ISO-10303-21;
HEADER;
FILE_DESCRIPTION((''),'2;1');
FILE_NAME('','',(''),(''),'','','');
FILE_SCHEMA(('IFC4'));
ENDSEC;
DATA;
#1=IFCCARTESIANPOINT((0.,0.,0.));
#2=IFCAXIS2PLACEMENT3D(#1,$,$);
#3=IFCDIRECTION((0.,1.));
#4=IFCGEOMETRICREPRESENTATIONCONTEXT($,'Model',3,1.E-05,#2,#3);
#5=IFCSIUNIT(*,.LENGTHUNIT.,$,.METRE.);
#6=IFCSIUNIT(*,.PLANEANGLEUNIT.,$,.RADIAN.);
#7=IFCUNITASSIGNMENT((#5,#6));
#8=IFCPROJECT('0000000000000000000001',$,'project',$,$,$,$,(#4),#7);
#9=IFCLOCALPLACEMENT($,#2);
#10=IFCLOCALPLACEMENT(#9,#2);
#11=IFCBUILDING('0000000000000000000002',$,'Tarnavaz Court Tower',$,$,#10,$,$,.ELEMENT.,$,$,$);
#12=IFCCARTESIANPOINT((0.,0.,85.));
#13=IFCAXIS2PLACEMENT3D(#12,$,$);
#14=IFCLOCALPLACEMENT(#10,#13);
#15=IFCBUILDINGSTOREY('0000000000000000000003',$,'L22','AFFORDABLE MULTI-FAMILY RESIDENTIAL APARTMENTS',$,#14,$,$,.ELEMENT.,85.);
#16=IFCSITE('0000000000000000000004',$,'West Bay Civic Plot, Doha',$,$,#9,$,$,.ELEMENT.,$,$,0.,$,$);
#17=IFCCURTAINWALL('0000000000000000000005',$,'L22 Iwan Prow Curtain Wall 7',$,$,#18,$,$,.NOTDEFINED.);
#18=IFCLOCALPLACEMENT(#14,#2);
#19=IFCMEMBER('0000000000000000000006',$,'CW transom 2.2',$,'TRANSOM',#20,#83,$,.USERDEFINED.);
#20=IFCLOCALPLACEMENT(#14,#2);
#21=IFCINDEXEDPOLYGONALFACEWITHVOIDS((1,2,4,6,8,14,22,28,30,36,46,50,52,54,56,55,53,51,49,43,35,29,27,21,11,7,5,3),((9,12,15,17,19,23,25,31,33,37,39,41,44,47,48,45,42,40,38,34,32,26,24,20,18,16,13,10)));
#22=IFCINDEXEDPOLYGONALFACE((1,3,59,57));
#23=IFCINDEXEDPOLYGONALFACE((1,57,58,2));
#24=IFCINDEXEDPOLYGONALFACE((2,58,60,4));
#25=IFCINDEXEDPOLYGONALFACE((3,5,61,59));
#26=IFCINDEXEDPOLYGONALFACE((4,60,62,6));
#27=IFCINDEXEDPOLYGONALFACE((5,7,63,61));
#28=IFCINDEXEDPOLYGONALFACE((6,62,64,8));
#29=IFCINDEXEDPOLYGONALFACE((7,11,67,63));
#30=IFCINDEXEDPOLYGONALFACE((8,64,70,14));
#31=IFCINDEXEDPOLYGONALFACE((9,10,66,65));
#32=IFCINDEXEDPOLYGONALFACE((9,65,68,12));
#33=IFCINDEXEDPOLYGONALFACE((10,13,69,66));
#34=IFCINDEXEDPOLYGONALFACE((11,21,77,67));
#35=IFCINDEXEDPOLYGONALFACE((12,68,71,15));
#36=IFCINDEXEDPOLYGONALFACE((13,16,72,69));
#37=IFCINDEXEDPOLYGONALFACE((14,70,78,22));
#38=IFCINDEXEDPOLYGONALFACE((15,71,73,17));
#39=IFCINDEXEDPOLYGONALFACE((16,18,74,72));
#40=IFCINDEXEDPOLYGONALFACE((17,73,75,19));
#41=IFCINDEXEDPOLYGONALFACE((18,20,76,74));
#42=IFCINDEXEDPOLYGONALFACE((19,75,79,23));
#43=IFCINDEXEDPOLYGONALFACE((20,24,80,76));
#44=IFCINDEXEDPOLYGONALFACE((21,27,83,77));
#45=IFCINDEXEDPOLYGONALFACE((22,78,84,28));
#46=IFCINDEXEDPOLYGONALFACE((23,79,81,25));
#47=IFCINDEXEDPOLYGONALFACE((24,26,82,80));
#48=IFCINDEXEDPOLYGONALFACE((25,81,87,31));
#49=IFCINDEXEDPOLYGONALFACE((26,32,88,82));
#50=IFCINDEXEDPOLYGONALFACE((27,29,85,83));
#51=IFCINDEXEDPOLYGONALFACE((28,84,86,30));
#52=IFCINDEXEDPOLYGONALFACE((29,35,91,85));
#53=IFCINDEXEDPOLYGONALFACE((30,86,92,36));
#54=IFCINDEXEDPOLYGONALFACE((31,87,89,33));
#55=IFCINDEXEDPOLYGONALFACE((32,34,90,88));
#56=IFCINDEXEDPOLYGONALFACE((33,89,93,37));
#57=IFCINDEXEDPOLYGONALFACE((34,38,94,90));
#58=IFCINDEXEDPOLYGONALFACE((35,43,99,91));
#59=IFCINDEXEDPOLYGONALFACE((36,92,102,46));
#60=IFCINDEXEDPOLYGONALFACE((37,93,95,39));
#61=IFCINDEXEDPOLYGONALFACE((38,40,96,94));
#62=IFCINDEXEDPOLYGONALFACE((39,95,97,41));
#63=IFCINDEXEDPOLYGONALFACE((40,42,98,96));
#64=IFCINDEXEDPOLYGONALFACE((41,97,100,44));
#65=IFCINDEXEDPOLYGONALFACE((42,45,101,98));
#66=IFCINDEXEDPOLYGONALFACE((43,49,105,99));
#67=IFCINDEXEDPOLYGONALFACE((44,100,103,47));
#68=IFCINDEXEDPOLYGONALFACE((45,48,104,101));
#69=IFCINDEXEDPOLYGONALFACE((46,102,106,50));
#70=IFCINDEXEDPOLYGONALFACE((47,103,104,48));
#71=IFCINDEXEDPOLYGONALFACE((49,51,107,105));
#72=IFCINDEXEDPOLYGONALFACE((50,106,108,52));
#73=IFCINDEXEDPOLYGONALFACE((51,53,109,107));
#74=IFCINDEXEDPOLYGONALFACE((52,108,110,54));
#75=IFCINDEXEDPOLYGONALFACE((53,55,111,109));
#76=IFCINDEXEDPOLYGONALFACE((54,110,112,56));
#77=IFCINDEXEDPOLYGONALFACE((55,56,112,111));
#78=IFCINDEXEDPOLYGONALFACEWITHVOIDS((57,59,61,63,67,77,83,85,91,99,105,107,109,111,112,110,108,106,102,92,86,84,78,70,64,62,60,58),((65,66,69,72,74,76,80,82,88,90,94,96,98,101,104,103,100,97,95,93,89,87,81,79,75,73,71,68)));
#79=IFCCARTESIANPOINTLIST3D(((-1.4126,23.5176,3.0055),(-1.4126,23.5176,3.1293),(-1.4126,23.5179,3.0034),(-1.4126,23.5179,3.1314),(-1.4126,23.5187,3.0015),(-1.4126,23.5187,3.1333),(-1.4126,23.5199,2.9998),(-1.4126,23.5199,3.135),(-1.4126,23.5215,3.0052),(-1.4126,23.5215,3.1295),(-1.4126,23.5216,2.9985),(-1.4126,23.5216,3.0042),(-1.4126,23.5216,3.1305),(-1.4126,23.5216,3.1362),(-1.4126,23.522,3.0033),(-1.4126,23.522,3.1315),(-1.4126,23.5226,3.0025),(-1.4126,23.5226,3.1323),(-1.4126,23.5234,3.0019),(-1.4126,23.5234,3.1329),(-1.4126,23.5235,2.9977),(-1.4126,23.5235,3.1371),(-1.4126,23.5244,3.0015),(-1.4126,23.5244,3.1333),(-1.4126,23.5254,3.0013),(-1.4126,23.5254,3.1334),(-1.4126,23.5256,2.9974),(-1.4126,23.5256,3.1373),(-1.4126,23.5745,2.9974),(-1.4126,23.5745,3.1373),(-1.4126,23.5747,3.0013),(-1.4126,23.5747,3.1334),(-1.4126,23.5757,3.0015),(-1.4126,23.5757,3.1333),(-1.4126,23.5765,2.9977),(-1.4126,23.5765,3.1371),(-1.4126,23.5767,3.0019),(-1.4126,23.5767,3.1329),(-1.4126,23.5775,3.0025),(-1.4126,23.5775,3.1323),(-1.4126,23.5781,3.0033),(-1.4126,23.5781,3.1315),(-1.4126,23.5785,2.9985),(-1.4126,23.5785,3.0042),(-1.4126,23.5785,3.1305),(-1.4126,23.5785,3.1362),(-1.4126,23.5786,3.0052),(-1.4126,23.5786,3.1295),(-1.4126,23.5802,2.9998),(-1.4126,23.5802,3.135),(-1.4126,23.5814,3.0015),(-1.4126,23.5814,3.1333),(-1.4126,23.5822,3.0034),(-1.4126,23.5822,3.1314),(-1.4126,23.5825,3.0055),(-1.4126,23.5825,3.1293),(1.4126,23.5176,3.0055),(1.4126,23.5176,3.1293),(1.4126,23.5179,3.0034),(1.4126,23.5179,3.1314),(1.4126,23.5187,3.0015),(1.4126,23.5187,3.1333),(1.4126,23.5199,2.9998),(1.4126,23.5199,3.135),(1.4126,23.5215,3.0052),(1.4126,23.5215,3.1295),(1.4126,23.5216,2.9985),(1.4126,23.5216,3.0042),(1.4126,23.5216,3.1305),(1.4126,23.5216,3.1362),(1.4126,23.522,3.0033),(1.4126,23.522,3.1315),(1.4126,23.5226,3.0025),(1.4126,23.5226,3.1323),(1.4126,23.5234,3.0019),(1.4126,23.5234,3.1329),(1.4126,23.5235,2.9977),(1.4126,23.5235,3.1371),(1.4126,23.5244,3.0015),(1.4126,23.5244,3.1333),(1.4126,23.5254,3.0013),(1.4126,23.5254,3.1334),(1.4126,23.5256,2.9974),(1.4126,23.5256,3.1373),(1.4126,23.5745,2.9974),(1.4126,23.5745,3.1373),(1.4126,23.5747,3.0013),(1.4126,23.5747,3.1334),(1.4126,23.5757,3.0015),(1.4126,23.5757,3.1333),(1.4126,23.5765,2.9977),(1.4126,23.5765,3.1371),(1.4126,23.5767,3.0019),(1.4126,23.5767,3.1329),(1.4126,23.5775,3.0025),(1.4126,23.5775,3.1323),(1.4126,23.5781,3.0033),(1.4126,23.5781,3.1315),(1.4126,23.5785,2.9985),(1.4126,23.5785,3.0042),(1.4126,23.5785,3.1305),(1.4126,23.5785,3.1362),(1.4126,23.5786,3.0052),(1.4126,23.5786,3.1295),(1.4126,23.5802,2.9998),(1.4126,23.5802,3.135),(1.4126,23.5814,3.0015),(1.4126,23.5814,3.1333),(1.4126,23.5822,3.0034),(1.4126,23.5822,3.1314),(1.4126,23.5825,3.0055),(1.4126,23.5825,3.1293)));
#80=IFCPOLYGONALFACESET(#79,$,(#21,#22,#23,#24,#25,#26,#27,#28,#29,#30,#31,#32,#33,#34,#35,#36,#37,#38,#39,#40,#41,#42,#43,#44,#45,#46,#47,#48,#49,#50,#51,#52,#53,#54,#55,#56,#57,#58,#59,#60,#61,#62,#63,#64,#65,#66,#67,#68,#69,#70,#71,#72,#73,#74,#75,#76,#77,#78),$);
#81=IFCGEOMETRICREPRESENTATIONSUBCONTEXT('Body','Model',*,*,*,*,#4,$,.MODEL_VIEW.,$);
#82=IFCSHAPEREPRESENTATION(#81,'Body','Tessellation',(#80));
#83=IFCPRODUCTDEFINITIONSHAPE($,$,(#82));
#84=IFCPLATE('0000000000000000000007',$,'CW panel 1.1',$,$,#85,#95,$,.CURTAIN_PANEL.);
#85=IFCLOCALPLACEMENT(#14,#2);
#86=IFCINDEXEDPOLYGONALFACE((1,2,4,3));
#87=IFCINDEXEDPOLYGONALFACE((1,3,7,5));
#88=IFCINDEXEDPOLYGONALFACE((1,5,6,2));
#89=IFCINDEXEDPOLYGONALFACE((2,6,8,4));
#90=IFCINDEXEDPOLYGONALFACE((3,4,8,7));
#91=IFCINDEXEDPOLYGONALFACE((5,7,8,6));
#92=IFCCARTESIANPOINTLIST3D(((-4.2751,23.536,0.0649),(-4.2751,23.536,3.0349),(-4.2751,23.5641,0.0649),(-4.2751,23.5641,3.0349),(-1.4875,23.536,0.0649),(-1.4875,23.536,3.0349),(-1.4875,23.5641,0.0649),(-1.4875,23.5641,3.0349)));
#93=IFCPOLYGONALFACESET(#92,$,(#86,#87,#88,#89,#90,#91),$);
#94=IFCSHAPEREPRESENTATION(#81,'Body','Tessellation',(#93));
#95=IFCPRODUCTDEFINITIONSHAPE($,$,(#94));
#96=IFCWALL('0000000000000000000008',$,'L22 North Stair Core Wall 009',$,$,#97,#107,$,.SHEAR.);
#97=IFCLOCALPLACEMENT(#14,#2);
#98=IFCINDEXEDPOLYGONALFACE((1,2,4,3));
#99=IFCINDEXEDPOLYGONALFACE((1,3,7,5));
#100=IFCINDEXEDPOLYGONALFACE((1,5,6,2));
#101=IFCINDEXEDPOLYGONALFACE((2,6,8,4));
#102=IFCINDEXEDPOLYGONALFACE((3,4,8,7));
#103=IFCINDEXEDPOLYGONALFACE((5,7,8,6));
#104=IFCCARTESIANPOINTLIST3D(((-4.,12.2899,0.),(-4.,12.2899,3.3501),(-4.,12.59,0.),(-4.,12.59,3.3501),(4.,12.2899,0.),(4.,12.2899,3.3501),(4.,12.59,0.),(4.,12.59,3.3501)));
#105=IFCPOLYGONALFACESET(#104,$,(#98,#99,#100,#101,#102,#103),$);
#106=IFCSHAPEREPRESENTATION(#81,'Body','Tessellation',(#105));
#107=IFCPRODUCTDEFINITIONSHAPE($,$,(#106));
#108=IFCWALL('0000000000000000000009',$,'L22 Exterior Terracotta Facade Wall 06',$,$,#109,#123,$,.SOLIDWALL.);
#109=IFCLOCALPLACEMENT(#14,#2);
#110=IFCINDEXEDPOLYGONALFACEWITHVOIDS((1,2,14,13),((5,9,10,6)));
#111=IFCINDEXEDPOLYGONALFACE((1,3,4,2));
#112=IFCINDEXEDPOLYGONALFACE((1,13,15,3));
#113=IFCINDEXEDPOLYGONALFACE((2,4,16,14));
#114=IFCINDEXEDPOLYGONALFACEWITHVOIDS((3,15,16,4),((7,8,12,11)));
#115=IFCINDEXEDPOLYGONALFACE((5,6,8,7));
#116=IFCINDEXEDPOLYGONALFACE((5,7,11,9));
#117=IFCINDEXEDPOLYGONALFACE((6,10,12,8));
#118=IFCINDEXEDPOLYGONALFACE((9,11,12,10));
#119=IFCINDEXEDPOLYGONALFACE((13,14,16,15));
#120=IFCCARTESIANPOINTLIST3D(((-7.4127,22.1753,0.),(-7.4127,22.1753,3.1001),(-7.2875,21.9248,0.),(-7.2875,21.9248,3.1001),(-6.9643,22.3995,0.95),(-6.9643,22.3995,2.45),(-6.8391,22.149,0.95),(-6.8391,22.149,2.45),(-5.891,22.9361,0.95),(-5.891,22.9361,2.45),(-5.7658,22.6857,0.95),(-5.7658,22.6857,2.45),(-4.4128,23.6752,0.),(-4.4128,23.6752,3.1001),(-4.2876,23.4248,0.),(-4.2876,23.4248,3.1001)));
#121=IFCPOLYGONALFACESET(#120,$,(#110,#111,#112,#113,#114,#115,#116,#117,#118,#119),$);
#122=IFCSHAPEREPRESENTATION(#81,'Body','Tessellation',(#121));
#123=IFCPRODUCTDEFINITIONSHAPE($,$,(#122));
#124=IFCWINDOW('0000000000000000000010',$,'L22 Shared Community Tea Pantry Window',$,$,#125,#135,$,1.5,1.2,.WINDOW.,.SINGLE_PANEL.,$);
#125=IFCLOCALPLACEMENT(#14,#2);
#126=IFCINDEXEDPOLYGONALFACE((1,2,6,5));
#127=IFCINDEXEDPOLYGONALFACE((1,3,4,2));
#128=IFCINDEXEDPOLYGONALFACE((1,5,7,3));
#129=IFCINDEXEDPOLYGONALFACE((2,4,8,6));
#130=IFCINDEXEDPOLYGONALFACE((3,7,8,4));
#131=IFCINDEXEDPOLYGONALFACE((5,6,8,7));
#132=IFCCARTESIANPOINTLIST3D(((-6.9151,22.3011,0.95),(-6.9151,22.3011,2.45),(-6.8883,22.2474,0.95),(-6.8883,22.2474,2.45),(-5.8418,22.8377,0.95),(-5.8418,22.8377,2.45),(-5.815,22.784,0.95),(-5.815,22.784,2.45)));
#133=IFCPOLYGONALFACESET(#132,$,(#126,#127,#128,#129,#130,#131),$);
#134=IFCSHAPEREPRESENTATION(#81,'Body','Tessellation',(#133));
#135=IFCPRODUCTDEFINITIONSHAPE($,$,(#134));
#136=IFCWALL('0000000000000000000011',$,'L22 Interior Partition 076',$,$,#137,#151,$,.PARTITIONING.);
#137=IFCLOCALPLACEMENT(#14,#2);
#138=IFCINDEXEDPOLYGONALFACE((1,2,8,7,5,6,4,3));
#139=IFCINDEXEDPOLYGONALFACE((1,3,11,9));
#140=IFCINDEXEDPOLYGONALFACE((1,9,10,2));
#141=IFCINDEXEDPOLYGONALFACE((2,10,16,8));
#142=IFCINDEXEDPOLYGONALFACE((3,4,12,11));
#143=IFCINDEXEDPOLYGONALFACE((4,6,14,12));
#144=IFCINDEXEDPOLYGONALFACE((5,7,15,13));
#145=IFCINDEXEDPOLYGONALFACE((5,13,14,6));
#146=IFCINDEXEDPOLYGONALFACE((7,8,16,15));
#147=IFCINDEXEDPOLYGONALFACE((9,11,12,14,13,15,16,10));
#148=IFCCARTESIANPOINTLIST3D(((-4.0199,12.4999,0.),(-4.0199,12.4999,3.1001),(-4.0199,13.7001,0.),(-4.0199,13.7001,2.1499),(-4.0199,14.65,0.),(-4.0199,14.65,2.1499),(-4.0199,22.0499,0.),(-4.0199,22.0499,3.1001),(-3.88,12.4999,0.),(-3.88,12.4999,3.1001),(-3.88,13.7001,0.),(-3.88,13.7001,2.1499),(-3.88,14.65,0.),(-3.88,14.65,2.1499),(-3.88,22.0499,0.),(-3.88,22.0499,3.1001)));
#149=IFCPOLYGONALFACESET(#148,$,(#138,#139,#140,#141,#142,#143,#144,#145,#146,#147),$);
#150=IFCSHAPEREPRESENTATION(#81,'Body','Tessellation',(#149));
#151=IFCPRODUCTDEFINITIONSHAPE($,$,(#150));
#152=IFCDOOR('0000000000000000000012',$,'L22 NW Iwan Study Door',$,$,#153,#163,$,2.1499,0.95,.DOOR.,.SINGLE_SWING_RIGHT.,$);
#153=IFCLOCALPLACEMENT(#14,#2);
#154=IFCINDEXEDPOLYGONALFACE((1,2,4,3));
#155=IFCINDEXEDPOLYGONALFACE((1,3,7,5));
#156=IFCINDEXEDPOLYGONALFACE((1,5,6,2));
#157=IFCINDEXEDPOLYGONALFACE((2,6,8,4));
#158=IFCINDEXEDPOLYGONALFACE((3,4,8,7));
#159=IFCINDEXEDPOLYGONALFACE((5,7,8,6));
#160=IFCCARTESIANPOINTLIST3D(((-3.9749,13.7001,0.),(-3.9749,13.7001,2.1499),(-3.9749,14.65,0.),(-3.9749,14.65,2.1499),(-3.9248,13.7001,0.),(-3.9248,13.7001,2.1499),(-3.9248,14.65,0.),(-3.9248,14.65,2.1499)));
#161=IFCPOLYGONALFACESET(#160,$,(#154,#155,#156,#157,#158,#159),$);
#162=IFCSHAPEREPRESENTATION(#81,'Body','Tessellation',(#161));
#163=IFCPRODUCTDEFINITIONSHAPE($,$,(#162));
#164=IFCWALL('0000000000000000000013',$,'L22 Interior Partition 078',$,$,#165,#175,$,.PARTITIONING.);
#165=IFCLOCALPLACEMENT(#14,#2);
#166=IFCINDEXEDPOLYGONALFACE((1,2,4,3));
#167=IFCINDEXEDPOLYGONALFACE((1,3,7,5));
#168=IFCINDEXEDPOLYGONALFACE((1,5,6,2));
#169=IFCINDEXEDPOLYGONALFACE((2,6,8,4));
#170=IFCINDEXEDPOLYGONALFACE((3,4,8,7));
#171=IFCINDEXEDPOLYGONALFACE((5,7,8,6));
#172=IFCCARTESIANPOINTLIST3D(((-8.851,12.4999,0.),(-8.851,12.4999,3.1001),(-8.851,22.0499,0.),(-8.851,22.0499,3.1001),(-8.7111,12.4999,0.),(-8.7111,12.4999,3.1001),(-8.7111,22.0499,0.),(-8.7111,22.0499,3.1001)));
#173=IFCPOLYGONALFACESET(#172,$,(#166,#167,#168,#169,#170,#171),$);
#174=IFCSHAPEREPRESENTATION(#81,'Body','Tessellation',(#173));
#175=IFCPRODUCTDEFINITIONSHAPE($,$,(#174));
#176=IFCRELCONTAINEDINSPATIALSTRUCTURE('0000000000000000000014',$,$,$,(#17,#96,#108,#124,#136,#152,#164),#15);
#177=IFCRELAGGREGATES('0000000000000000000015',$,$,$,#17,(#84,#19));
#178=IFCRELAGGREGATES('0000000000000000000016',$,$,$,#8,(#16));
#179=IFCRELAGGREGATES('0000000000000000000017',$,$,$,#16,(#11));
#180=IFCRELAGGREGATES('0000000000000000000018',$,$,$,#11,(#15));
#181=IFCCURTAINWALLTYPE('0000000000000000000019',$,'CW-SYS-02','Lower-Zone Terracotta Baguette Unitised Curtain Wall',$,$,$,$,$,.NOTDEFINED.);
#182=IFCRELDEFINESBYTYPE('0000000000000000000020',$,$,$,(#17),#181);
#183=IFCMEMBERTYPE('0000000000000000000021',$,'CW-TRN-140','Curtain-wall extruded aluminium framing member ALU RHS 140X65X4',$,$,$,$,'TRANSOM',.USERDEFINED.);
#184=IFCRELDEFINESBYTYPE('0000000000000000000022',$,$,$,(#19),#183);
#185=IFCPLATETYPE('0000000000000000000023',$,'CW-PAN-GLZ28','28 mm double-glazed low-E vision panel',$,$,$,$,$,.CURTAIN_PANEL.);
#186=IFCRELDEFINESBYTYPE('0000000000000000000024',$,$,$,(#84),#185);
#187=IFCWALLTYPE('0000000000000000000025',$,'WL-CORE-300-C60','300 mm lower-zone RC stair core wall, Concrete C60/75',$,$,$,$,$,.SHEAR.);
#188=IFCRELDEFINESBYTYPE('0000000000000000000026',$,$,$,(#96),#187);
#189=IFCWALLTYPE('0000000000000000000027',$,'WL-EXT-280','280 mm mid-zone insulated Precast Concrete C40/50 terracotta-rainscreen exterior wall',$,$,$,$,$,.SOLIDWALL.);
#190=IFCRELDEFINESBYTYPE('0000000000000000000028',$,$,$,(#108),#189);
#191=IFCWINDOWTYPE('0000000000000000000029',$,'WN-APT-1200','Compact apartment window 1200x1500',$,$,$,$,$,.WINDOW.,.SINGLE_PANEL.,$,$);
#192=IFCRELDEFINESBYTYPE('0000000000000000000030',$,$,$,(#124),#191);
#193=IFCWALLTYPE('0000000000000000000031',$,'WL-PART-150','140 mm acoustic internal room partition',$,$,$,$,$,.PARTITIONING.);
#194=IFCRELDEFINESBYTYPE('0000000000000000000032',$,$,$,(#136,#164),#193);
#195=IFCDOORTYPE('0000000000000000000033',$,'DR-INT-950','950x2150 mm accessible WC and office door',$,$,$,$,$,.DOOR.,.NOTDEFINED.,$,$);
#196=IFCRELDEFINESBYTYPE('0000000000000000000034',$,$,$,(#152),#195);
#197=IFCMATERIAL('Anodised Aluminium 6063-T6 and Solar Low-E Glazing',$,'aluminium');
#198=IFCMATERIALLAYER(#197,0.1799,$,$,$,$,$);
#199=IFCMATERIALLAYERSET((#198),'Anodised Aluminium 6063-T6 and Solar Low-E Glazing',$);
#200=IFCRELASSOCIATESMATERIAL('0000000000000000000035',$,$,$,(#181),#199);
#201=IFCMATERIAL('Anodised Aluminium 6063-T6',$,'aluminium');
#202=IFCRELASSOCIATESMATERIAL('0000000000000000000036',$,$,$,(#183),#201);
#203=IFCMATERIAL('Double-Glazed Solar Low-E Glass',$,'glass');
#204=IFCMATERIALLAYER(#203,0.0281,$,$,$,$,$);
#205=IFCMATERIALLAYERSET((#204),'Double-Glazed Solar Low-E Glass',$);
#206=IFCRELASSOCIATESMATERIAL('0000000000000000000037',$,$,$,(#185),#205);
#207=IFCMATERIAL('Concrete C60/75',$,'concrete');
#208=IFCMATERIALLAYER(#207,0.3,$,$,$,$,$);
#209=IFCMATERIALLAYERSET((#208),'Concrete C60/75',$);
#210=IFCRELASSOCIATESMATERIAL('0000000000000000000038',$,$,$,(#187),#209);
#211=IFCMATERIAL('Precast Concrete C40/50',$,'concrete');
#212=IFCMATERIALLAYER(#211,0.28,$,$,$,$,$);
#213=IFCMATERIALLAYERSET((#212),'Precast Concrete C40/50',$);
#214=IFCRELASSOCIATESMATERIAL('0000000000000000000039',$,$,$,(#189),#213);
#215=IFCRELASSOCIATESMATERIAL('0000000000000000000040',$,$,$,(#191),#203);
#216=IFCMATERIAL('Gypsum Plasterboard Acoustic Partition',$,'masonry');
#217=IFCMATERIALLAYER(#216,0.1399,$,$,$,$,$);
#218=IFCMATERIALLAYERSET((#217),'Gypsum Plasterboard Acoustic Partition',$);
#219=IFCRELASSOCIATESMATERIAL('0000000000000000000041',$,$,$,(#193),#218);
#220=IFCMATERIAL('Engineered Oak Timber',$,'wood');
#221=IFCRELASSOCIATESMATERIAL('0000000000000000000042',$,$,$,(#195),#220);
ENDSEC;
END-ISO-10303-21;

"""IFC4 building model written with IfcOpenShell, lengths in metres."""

from ifc_helpers import new_model, si_unit, direction, frame, frame_2d, origin, origin_2d, place, context, subcontext, project, spatial, rectangle, hollow_rectangle, extrude, material, layer, layer_set, material_profile, profile_set, type_object, element, fill, aggregate, save


model = new_model("IFC4")

# Units and contexts
model_context = context("Model", 3, precision=1e-05, world=origin(), true_north=direction((0.0, 1.0)))
body_context = subcontext(model_context, "Body", "Model", "MODEL_VIEW")
ifc_project = project(units=[si_unit("LENGTHUNIT", "METRE"), si_unit("PLANEANGLEUNIT", "RADIAN")], contexts=[model_context])

# Site, building, storey
site_placement = place(None, origin())
site = spatial("IfcSite", under=ifc_project, at=site_placement, Name="West Bay Civic Plot, Doha", CompositionType="ELEMENT", RefElevation=0.0)
building_placement = place(site_placement, origin())
building = spatial("IfcBuilding", under=site, at=building_placement, Name="Tarnavaz Court Tower", CompositionType="ELEMENT")
storey_placement = place(building_placement, frame((0.0, 0.0, 85.0)))
storey = spatial("IfcBuildingStorey", under=building, at=storey_placement, Name="L22", Description="AFFORDABLE MULTI-FAMILY RESIDENTIAL APARTMENTS", CompositionType="ELEMENT", Elevation=85.0)

# Shared definitions
ifc_material_1 = material(Name="Concrete C60/75", Category="concrete")

# Curtain wall, member, plate
ifc_material_2 = material(Name="Anodised Aluminium 6063-T6 and Solar Low-E Glazing", Category="aluminium")
ifc_layer_1 = layer(ifc_material_2, 0.1799)
ifc_layer_set_1 = layer_set([ifc_layer_1], Name="Anodised Aluminium 6063-T6 and Solar Low-E Glazing")
curtain_wall_type = type_object("IfcCurtainWallType", Name="CW-SYS-02", Description="Lower-Zone Terracotta Baguette Unitised Curtain Wall", PredefinedType="NOTDEFINED", material=ifc_layer_set_1)
curtain_wall_placement = place(storey_placement, origin())
curtain_wall = element("IfcCurtainWall", 1, at=curtain_wall_placement, inside=storey, type_object=curtain_wall_type, Name="L22 Iwan Prow Curtain Wall 7", PredefinedType="NOTDEFINED")
ifc_material_3 = material(Name="Anodised Aluminium 6063-T6", Category="aluminium")
ifc_material_profile_1 = material_profile(ifc_material_3, hollow_rectangle(XDim=0.0649, YDim=0.1399, WallThickness=0.0039, InnerFilletRadius=0.0039, OuterFilletRadius=0.0081, at=origin_2d()), Name="ALU RHS 140X65X4")
ifc_profile_set_1 = profile_set([ifc_material_profile_1], Name="Anodised Aluminium 6063-T6")
member_type_1 = type_object("IfcMemberType", Name="CW-TRN-140", Description="Curtain-wall extruded aluminium framing member ALU RHS 140X65X4", ElementType="TRANSOM", PredefinedType="USERDEFINED", material=ifc_profile_set_1)
member_1_placement = place(storey_placement, frame((-1.4126, 23.55, 3.0674), z_axis=(1.0, 0.0, 0.0), x_axis=(0.0, 1.0, 0.0)))
member_1 = element("IfcMember", 2, at=member_1_placement, type_object=member_type_1, Name="CW transom 2.2", ObjectType="TRANSOM", PredefinedType="USERDEFINED", context=body_context, shape_type="SweptSolid", body=[
    extrude(hollow_rectangle(XDim=0.0649, YDim=0.1399, WallThickness=0.0039, InnerFilletRadius=0.0039, OuterFilletRadius=0.0081, at=origin_2d()), origin(), (0.0, 0.0, 1.0), 2.8252),
])
ifc_material_4 = material(Name="Double-Glazed Solar Low-E Glass", Category="glass")
ifc_layer_2 = layer(ifc_material_4, 0.0281)
ifc_layer_set_2 = layer_set([ifc_layer_2], Name="Double-Glazed Solar Low-E Glass")
plate_type = type_object("IfcPlateType", Name="CW-PAN-GLZ28", Description="28 mm double-glazed low-E vision panel", PredefinedType="CURTAIN_PANEL", material=ifc_layer_set_2)
plate_placement = place(storey_placement, frame((-2.8813, 23.55, 0.0649), z_axis=(0.0, 0.0, 1.0), x_axis=(1.0, 0.0, 0.0)))
plate = element("IfcPlate", 3, at=plate_placement, type_object=plate_type, Name="CW panel 1.1", PredefinedType="CURTAIN_PANEL", context=body_context, shape_type="SweptSolid", body=[
    extrude(rectangle(XDim=2.7876, YDim=0.0281, at=origin_2d()), origin(), (0.0, 0.0, 1.0), 2.97),
])
aggregate(curtain_wall, [plate, member_1])

# Wall
ifc_layer_3 = layer(ifc_material_1, 0.3)
ifc_layer_set_3 = layer_set([ifc_layer_3], Name="Concrete C60/75")
wall_type_1 = type_object("IfcWallType", Name="WL-CORE-300-C60", Description="300 mm lower-zone RC stair core wall, Concrete C60/75", PredefinedType="SHEAR", material=ifc_layer_set_3)
wall_1_placement = place(storey_placement, frame((-4.0, 12.4399, 0.0), z_axis=(0.0, 0.0, 1.0), x_axis=(1.0, 0.0, 0.0)))
element("IfcWall", 4, at=wall_1_placement, inside=storey, type_object=wall_type_1, Name="L22 North Stair Core Wall 009", PredefinedType="SHEAR", context=body_context, shape_type="SweptSolid", body=[
    extrude(rectangle(XDim=8.0, YDim=0.3, at=frame_2d((4.0, 0.0))), origin(), (0.0, 0.0, 1.0), 3.3501),
])

# Wall, opening, window
ifc_material_5 = material(Name="Precast Concrete C40/50", Category="concrete")
ifc_layer_4 = layer(ifc_material_5, 0.28)
ifc_layer_set_4 = layer_set([ifc_layer_4], Name="Precast Concrete C40/50")
wall_type_2 = type_object("IfcWallType", Name="WL-EXT-280", Description="280 mm mid-zone insulated Precast Concrete C40/50 terracotta-rainscreen exterior wall", PredefinedType="SOLIDWALL", material=ifc_layer_set_4)
wall_2_placement = place(storey_placement, frame((-7.3501, 22.05, 0.0), z_axis=(0.0, 0.0, 1.0), x_axis=(0.894427, 0.447214, 0.0)))
wall_2 = element("IfcWall", 5, at=wall_2_placement, inside=storey, type_object=wall_type_2, Name="L22 Exterior Terracotta Facade Wall 06", PredefinedType="SOLIDWALL", context=body_context, shape_type="SweptSolid", body=[
    extrude(rectangle(XDim=3.354, YDim=0.28, at=frame_2d((1.677, 0.0))), origin(), (0.0, 0.0, 1.0), 3.1001),
])
opening_1_placement = place(wall_2_placement, frame((0.5012, 0.0, 0.95)))
opening_1 = element("IfcOpeningElement", 6, at=opening_1_placement, cuts=wall_2, PredefinedType="OPENING", context=body_context, shape_type="SweptSolid", body=[
    extrude(rectangle(XDim=1.2, YDim=1.5, at=frame_2d((0.6001, 0.75))), frame((0.0, 0.1499, 0.0), z_axis=(0.0, -1.0, 0.0), x_axis=(1.0, 0.0, 0.0)), (0.0, 0.0, 1.0), 0.3),
])
window_type = type_object("IfcWindowType", Name="WN-APT-1200", Description="Compact apartment window 1200x1500", PartitioningType="SINGLE_PANEL", PredefinedType="WINDOW", material=ifc_material_4)
window_placement = place(opening_1_placement, origin())
window = element("IfcWindow", 7, at=window_placement, inside=storey, type_object=window_type, Name="L22 Shared Community Tea Pantry Window", OverallHeight=1.5, OverallWidth=1.2, PartitioningType="SINGLE_PANEL", PredefinedType="WINDOW", context=body_context, shape_type="SweptSolid", body=[
    extrude(rectangle(XDim=1.2, YDim=1.5, at=frame_2d((0.6001, 0.75))), frame((0.0, 0.03, 0.0), z_axis=(0.0, -1.0, 0.0), x_axis=(1.0, 0.0, 0.0)), (0.0, 0.0, 1.0), 0.0601),
])
fill(opening_1, window)

# Wall, opening, door
ifc_material_6 = material(Name="Gypsum Plasterboard Acoustic Partition", Category="masonry")
ifc_layer_5 = layer(ifc_material_6, 0.1399)
ifc_layer_set_5 = layer_set([ifc_layer_5], Name="Gypsum Plasterboard Acoustic Partition")
wall_type_3 = type_object("IfcWallType", Name="WL-PART-150", Description="140 mm acoustic internal room partition", PredefinedType="PARTITIONING", material=ifc_layer_set_5)
wall_3_placement = place(storey_placement, frame((-3.95, 12.5, 0.0), z_axis=(0.0, 0.0, 1.0), x_axis=(0.0, 1.0, 0.0)))
wall_3 = element("IfcWall", 8, at=wall_3_placement, inside=storey, type_object=wall_type_3, Name="L22 Interior Partition 076", PredefinedType="PARTITIONING", context=body_context, shape_type="SweptSolid", body=[
    extrude(rectangle(XDim=9.55, YDim=0.1399, at=frame_2d((4.7749, 0.0))), origin(), (0.0, 0.0, 1.0), 3.1001),
])
opening_2_placement = place(wall_3_placement, frame((1.2, 0.0, 0.0)))
opening_2 = element("IfcOpeningElement", 9, at=opening_2_placement, cuts=wall_3, PredefinedType="OPENING", context=body_context, shape_type="SweptSolid", body=[
    extrude(rectangle(XDim=0.95, YDim=2.1499, at=frame_2d((0.4751, 1.075))), frame((0.0, 0.0798, 0.0), z_axis=(0.0, -1.0, 0.0), x_axis=(1.0, 0.0, 0.0)), (0.0, 0.0, 1.0), 0.1599),
])
ifc_material_7 = material(Name="Engineered Oak Timber", Category="wood")
door_type = type_object("IfcDoorType", Name="DR-INT-950", Description="950x2150 mm accessible WC and office door", OperationType="NOTDEFINED", PredefinedType="DOOR", material=ifc_material_7)
door_placement = place(opening_2_placement, origin())
door = element("IfcDoor", 10, at=door_placement, inside=storey, type_object=door_type, Name="L22 NW Iwan Study Door", OperationType="SINGLE_SWING_RIGHT", OverallHeight=2.1499, OverallWidth=0.95, PredefinedType="DOOR", context=body_context, shape_type="SweptSolid", body=[
    extrude(rectangle(XDim=0.95, YDim=2.1499, at=frame_2d((0.4751, 1.075))), frame((0.0, 0.0249, 0.0), z_axis=(0.0, -1.0, 0.0), x_axis=(1.0, 0.0, 0.0)), (0.0, 0.0, 1.0), 0.05),
])
fill(opening_2, door)

# Wall
wall_4_placement = place(storey_placement, frame((-8.781, 12.5, 0.0), z_axis=(0.0, 0.0, 1.0), x_axis=(0.0, 1.0, 0.0)))
element("IfcWall", 11, at=wall_4_placement, inside=storey, type_object=wall_type_3, Name="L22 Interior Partition 078", PredefinedType="PARTITIONING", context=body_context, shape_type="SweptSolid", body=[
    extrude(rectangle(XDim=9.55, YDim=0.1399, at=frame_2d((4.7749, 0.0))), origin(), (0.0, 0.0, 1.0), 3.1001),
])

save(model, "model.ifc")
